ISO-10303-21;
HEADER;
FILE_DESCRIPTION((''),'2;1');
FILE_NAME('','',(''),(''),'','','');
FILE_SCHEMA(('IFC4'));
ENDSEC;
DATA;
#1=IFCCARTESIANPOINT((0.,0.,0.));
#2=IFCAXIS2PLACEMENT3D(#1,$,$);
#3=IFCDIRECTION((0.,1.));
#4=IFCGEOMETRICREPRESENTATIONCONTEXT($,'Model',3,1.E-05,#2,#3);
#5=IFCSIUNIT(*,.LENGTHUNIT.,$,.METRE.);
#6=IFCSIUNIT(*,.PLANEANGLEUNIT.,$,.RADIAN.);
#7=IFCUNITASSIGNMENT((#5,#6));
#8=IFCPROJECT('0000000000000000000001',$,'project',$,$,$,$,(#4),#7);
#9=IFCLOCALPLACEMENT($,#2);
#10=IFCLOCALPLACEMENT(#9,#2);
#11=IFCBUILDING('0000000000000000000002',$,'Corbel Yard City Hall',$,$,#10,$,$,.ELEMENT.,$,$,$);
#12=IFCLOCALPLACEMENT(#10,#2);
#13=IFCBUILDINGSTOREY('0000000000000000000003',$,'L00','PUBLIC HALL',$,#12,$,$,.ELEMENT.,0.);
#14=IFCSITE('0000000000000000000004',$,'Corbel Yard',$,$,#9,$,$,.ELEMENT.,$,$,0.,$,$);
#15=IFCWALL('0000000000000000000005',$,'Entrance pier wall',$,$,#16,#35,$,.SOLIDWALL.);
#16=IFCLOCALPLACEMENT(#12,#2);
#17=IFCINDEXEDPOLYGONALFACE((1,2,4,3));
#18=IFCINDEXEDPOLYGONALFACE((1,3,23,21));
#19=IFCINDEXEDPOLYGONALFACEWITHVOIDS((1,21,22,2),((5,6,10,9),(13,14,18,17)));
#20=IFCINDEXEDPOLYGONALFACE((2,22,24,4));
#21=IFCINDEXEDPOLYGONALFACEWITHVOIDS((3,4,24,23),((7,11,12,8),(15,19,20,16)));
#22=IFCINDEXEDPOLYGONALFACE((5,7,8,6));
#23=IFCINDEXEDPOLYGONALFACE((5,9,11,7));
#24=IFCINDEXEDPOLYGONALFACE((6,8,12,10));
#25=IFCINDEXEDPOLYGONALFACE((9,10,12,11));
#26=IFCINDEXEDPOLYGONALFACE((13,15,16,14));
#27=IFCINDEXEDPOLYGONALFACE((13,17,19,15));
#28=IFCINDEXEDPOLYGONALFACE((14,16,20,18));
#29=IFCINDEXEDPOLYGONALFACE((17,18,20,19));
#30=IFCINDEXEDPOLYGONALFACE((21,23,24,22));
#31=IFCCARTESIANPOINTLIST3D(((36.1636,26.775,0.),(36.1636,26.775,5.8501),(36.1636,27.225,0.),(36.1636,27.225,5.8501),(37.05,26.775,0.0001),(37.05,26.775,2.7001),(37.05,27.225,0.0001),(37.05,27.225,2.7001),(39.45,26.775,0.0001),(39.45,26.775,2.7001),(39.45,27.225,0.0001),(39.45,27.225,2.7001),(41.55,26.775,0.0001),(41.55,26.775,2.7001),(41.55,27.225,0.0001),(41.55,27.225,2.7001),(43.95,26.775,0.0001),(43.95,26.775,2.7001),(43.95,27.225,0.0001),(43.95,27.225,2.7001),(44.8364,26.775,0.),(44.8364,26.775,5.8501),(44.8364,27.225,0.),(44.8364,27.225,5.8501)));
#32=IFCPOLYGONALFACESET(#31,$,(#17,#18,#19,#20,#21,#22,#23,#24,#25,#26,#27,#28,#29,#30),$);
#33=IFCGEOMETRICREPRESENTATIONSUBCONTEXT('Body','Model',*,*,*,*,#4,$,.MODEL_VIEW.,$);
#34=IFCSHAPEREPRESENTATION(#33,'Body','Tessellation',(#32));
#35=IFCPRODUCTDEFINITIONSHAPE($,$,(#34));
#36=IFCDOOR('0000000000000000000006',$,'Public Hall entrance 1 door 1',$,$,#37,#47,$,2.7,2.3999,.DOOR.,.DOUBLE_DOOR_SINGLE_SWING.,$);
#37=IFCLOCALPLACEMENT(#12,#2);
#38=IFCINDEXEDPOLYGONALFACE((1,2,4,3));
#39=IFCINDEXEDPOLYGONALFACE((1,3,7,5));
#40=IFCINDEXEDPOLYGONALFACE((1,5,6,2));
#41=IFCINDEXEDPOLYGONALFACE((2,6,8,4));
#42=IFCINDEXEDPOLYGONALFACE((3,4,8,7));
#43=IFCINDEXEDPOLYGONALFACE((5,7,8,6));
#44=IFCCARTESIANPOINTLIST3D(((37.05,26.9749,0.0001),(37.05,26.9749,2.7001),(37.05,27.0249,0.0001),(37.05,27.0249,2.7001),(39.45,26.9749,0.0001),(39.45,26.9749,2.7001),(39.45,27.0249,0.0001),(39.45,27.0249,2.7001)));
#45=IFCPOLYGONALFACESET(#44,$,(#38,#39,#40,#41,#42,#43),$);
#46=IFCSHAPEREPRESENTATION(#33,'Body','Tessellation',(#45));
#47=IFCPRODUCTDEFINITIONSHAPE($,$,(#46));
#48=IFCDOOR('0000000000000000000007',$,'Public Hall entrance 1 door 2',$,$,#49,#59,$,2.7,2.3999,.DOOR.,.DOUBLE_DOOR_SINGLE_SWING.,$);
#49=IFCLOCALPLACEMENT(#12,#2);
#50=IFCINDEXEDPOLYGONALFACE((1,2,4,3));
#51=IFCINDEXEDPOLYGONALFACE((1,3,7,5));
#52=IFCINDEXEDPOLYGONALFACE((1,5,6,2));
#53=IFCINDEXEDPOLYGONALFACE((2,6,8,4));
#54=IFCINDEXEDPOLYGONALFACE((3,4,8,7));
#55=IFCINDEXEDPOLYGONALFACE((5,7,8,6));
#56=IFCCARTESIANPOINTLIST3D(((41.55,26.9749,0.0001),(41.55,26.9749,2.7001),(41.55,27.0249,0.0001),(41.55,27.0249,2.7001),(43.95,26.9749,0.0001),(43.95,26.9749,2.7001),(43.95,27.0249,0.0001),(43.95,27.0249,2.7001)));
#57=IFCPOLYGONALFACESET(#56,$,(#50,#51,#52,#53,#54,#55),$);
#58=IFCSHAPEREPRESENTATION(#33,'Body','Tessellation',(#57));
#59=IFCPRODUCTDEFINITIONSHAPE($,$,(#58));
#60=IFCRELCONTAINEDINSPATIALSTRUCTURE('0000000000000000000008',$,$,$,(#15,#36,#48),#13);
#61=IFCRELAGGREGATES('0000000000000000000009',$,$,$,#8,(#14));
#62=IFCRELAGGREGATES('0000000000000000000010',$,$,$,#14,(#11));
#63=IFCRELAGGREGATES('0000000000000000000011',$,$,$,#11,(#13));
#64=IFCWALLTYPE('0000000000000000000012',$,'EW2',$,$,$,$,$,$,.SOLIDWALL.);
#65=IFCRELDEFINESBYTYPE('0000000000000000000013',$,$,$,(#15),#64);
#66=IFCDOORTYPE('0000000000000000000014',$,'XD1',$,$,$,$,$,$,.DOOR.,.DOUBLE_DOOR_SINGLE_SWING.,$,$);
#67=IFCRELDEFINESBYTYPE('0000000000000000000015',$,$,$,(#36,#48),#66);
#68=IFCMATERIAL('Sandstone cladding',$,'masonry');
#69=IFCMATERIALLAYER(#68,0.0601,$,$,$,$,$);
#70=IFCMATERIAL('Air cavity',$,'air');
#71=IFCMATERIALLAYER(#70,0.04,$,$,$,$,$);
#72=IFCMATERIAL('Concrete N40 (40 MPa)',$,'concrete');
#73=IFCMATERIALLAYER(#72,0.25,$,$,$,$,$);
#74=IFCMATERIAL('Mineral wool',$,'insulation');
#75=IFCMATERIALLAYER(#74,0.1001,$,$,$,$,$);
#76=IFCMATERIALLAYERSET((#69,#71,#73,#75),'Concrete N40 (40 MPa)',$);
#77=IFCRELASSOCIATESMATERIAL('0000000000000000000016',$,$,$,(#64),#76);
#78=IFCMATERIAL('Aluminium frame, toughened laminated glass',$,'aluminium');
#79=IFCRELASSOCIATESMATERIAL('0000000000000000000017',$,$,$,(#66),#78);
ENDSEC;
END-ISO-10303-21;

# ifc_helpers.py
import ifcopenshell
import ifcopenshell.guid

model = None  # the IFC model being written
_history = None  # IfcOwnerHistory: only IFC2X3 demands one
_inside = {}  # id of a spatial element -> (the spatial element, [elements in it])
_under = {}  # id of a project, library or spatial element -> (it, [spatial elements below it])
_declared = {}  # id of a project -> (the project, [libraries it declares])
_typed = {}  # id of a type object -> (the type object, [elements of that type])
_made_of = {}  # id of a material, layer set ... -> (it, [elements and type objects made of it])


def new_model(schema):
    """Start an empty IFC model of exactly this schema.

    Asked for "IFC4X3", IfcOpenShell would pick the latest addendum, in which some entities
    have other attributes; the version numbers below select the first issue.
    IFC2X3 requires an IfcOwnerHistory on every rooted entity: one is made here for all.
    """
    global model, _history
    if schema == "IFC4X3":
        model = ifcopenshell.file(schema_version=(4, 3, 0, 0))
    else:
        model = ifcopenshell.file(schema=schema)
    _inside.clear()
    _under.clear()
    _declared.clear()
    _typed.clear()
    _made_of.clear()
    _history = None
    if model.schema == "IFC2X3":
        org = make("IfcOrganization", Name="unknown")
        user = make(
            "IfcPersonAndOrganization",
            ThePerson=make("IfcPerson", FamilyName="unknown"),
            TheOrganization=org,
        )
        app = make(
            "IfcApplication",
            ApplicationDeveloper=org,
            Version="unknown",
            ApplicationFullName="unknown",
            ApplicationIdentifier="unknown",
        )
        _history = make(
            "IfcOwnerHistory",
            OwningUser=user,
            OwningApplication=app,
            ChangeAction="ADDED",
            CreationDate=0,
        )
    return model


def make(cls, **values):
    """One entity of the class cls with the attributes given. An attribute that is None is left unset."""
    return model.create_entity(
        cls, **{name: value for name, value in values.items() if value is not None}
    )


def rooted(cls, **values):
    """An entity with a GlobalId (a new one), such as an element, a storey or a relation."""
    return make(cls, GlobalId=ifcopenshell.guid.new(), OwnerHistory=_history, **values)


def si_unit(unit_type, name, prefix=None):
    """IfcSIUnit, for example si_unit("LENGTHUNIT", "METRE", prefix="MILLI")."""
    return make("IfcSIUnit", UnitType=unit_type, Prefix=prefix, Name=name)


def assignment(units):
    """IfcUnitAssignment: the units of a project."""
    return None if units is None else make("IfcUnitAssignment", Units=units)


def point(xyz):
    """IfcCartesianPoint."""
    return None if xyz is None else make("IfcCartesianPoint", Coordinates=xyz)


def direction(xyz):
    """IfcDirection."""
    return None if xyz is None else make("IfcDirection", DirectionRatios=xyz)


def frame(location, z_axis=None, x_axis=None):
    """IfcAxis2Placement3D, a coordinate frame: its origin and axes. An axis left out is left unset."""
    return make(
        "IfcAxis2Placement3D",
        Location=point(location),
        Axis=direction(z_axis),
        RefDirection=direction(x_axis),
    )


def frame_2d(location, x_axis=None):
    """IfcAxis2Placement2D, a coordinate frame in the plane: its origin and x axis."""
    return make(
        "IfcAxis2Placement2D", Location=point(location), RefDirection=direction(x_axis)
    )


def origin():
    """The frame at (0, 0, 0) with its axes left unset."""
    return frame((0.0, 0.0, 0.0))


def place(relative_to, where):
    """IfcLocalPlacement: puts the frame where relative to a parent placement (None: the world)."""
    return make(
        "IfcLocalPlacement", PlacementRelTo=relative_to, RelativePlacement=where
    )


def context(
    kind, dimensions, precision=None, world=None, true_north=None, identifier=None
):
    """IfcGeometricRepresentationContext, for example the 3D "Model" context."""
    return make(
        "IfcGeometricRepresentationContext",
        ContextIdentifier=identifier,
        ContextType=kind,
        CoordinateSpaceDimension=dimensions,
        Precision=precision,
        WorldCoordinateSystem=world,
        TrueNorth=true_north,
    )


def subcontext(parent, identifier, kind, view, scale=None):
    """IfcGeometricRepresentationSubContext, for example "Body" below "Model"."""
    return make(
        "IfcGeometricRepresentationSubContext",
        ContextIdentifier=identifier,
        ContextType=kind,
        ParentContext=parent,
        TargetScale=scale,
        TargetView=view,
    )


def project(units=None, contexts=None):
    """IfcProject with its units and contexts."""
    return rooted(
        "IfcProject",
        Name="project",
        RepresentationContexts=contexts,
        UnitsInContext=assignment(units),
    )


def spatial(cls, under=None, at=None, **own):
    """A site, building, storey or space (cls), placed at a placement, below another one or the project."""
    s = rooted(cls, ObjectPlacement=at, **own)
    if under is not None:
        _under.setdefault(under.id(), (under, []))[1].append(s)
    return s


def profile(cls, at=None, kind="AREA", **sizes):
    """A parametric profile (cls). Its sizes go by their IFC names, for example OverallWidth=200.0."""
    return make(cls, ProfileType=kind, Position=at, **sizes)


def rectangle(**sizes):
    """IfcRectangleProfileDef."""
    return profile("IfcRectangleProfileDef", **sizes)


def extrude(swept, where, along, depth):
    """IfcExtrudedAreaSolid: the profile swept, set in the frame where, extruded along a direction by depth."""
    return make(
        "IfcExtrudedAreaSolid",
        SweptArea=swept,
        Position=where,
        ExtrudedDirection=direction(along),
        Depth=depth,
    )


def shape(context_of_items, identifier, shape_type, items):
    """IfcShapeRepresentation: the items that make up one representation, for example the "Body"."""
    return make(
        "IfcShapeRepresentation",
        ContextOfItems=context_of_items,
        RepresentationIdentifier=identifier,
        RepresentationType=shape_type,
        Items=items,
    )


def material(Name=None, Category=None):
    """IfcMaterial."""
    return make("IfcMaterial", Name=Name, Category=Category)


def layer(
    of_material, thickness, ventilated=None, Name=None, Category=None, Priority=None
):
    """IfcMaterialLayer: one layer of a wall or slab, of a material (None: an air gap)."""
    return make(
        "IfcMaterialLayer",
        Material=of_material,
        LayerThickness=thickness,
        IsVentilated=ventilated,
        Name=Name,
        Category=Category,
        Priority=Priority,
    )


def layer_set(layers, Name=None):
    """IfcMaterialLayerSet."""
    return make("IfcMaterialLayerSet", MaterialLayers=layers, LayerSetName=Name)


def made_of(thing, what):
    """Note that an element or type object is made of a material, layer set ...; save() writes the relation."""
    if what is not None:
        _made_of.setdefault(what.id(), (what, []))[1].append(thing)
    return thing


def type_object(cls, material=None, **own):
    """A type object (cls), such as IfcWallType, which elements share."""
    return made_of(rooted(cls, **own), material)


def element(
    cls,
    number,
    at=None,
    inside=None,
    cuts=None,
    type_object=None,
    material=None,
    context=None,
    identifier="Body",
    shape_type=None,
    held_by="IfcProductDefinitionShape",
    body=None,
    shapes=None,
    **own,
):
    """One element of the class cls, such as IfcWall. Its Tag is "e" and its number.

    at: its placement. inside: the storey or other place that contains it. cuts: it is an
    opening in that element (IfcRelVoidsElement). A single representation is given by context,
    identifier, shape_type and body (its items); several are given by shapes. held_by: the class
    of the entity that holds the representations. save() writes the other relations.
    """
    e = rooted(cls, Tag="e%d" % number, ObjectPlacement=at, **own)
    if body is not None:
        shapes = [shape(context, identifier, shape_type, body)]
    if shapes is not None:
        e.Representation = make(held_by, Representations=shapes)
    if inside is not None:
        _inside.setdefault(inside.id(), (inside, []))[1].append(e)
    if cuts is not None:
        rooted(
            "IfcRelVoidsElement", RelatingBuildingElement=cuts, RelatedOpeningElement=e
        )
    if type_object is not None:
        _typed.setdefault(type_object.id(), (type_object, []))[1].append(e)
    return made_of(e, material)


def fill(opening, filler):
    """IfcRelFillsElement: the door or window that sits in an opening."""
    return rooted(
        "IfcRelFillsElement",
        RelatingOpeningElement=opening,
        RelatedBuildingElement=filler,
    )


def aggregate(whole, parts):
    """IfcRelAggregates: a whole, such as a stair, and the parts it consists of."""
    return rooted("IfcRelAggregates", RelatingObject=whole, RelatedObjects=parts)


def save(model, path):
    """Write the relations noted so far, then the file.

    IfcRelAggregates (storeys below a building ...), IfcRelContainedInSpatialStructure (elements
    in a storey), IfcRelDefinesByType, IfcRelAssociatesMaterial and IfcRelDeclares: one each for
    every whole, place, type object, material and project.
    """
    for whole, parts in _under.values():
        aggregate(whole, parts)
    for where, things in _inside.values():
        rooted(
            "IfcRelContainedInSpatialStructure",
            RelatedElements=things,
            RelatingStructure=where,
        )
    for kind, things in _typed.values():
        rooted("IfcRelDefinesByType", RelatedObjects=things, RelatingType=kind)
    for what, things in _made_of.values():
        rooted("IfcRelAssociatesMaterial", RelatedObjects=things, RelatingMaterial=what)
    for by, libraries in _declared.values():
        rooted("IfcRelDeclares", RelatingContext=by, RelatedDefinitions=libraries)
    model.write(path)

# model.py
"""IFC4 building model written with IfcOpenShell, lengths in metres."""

from ifc_helpers import new_model, si_unit, direction, frame, frame_2d, origin, place, context, subcontext, project, spatial, rectangle, extrude, material, layer, layer_set, type_object, element, fill, save


model = new_model("IFC4")

# Units and contexts
model_context = context("Model", 3, precision=1e-05, world=origin(), true_north=direction((0.0, 1.0)))
body_context = subcontext(model_context, "Body", "Model", "MODEL_VIEW")
ifc_project = project(units=[si_unit("LENGTHUNIT", "METRE"), si_unit("PLANEANGLEUNIT", "RADIAN")], contexts=[model_context])

# Site, building, storey
site_placement = place(None, origin())
site = spatial("IfcSite", under=ifc_project, at=site_placement, Name="Corbel Yard", CompositionType="ELEMENT", RefElevation=0.0)
building_placement = place(site_placement, origin())
building = spatial("IfcBuilding", under=site, at=building_placement, Name="Corbel Yard City Hall", CompositionType="ELEMENT")
storey_placement = place(building_placement, origin())
storey = spatial("IfcBuildingStorey", under=building, at=storey_placement, Name="L00", Description="PUBLIC HALL", CompositionType="ELEMENT", Elevation=0.0)

# Shared definitions
ifc_material_1 = material(Name="Concrete N40 (40 MPa)", Category="concrete")

# Wall, openings, doors
ifc_material_2 = material(Name="Sandstone cladding", Category="masonry")
ifc_layer_1 = layer(ifc_material_2, 0.0601)
ifc_material_3 = material(Name="Air cavity", Category="air")
ifc_layer_2 = layer(ifc_material_3, 0.04)
ifc_layer_3 = layer(ifc_material_1, 0.25)
ifc_material_4 = material(Name="Mineral wool", Category="insulation")
ifc_layer_4 = layer(ifc_material_4, 0.1001)
ifc_layer_set_1 = layer_set([ifc_layer_1, ifc_layer_2, ifc_layer_3, ifc_layer_4], Name="Concrete N40 (40 MPa)")
wall_type = type_object("IfcWallType", Name="EW2", PredefinedType="SOLIDWALL", material=ifc_layer_set_1)
wall_placement = place(storey_placement, frame((36.1636, 27.0, 0.0), z_axis=(0.0, 0.0, 1.0), x_axis=(1.0, 0.0, 0.0)))
wall = element("IfcWall", 1, at=wall_placement, inside=storey, type_object=wall_type, Name="Entrance pier wall", PredefinedType="SOLIDWALL", context=body_context, shape_type="SweptSolid", body=[
    extrude(rectangle(XDim=8.6729, YDim=0.45, at=frame_2d((4.3364, 0.0))), origin(), (0.0, 0.0, 1.0), 5.8501),
])
opening_1_placement = place(wall_placement, frame((0.8865, 0.0, 0.0)))
opening_1 = element("IfcOpeningElement", 2, at=opening_1_placement, cuts=wall, PredefinedType="OPENING", context=body_context, shape_type="SweptSolid", body=[
    extrude(rectangle(XDim=2.3999, YDim=2.7, at=frame_2d((1.2, 1.3501))), frame((0.0, 0.2349, 0.0), z_axis=(0.0, -1.0, 0.0), x_axis=(1.0, 0.0, 0.0)), (0.0, 0.0, 1.0), 0.47),
])
opening_2_placement = place(wall_placement, frame((5.3865, 0.0, 0.0)))
opening_2 = element("IfcOpeningElement", 3, at=opening_2_placement, cuts=wall, PredefinedType="OPENING", context=body_context, shape_type="SweptSolid", body=[
    extrude(rectangle(XDim=2.3999, YDim=2.7, at=frame_2d((1.2, 1.3501))), frame((0.0, 0.2349, 0.0), z_axis=(0.0, -1.0, 0.0), x_axis=(1.0, 0.0, 0.0)), (0.0, 0.0, 1.0), 0.47),
])
ifc_material_5 = material(Name="Aluminium frame, toughened laminated glass", Category="aluminium")
door_type = type_object("IfcDoorType", Name="XD1", OperationType="DOUBLE_DOOR_SINGLE_SWING", PredefinedType="DOOR", material=ifc_material_5)
door_1_placement = place(opening_1_placement, origin())
door_1 = element("IfcDoor", 4, at=door_1_placement, inside=storey, type_object=door_type, Name="Public Hall entrance 1 door 1", OperationType="DOUBLE_DOOR_SINGLE_SWING", OverallHeight=2.7, OverallWidth=2.3999, PredefinedType="DOOR", context=body_context, shape_type="SweptSolid", body=[
    extrude(rectangle(XDim=2.3999, YDim=2.7, at=frame_2d((1.2, 1.3501))), frame((0.0, 0.0249, 0.0), z_axis=(0.0, -1.0, 0.0), x_axis=(1.0, 0.0, 0.0)), (0.0, 0.0, 1.0), 0.05),
])
fill(opening_1, door_1)
door_2_placement = place(opening_2_placement, origin())
door_2 = element("IfcDoor", 5, at=door_2_placement, inside=storey, type_object=door_type, Name="Public Hall entrance 1 door 2", OperationType="DOUBLE_DOOR_SINGLE_SWING", OverallHeight=2.7, OverallWidth=2.3999, PredefinedType="DOOR", context=body_context, shape_type="SweptSolid", body=[
    extrude(rectangle(XDim=2.3999, YDim=2.7, at=frame_2d((1.2, 1.3501))), frame((0.0, 0.0249, 0.0), z_axis=(0.0, -1.0, 0.0), x_axis=(1.0, 0.0, 0.0)), (0.0, 0.0, 1.0), 0.05),
])
fill(opening_2, door_2)

save(model, "model.ifc")
